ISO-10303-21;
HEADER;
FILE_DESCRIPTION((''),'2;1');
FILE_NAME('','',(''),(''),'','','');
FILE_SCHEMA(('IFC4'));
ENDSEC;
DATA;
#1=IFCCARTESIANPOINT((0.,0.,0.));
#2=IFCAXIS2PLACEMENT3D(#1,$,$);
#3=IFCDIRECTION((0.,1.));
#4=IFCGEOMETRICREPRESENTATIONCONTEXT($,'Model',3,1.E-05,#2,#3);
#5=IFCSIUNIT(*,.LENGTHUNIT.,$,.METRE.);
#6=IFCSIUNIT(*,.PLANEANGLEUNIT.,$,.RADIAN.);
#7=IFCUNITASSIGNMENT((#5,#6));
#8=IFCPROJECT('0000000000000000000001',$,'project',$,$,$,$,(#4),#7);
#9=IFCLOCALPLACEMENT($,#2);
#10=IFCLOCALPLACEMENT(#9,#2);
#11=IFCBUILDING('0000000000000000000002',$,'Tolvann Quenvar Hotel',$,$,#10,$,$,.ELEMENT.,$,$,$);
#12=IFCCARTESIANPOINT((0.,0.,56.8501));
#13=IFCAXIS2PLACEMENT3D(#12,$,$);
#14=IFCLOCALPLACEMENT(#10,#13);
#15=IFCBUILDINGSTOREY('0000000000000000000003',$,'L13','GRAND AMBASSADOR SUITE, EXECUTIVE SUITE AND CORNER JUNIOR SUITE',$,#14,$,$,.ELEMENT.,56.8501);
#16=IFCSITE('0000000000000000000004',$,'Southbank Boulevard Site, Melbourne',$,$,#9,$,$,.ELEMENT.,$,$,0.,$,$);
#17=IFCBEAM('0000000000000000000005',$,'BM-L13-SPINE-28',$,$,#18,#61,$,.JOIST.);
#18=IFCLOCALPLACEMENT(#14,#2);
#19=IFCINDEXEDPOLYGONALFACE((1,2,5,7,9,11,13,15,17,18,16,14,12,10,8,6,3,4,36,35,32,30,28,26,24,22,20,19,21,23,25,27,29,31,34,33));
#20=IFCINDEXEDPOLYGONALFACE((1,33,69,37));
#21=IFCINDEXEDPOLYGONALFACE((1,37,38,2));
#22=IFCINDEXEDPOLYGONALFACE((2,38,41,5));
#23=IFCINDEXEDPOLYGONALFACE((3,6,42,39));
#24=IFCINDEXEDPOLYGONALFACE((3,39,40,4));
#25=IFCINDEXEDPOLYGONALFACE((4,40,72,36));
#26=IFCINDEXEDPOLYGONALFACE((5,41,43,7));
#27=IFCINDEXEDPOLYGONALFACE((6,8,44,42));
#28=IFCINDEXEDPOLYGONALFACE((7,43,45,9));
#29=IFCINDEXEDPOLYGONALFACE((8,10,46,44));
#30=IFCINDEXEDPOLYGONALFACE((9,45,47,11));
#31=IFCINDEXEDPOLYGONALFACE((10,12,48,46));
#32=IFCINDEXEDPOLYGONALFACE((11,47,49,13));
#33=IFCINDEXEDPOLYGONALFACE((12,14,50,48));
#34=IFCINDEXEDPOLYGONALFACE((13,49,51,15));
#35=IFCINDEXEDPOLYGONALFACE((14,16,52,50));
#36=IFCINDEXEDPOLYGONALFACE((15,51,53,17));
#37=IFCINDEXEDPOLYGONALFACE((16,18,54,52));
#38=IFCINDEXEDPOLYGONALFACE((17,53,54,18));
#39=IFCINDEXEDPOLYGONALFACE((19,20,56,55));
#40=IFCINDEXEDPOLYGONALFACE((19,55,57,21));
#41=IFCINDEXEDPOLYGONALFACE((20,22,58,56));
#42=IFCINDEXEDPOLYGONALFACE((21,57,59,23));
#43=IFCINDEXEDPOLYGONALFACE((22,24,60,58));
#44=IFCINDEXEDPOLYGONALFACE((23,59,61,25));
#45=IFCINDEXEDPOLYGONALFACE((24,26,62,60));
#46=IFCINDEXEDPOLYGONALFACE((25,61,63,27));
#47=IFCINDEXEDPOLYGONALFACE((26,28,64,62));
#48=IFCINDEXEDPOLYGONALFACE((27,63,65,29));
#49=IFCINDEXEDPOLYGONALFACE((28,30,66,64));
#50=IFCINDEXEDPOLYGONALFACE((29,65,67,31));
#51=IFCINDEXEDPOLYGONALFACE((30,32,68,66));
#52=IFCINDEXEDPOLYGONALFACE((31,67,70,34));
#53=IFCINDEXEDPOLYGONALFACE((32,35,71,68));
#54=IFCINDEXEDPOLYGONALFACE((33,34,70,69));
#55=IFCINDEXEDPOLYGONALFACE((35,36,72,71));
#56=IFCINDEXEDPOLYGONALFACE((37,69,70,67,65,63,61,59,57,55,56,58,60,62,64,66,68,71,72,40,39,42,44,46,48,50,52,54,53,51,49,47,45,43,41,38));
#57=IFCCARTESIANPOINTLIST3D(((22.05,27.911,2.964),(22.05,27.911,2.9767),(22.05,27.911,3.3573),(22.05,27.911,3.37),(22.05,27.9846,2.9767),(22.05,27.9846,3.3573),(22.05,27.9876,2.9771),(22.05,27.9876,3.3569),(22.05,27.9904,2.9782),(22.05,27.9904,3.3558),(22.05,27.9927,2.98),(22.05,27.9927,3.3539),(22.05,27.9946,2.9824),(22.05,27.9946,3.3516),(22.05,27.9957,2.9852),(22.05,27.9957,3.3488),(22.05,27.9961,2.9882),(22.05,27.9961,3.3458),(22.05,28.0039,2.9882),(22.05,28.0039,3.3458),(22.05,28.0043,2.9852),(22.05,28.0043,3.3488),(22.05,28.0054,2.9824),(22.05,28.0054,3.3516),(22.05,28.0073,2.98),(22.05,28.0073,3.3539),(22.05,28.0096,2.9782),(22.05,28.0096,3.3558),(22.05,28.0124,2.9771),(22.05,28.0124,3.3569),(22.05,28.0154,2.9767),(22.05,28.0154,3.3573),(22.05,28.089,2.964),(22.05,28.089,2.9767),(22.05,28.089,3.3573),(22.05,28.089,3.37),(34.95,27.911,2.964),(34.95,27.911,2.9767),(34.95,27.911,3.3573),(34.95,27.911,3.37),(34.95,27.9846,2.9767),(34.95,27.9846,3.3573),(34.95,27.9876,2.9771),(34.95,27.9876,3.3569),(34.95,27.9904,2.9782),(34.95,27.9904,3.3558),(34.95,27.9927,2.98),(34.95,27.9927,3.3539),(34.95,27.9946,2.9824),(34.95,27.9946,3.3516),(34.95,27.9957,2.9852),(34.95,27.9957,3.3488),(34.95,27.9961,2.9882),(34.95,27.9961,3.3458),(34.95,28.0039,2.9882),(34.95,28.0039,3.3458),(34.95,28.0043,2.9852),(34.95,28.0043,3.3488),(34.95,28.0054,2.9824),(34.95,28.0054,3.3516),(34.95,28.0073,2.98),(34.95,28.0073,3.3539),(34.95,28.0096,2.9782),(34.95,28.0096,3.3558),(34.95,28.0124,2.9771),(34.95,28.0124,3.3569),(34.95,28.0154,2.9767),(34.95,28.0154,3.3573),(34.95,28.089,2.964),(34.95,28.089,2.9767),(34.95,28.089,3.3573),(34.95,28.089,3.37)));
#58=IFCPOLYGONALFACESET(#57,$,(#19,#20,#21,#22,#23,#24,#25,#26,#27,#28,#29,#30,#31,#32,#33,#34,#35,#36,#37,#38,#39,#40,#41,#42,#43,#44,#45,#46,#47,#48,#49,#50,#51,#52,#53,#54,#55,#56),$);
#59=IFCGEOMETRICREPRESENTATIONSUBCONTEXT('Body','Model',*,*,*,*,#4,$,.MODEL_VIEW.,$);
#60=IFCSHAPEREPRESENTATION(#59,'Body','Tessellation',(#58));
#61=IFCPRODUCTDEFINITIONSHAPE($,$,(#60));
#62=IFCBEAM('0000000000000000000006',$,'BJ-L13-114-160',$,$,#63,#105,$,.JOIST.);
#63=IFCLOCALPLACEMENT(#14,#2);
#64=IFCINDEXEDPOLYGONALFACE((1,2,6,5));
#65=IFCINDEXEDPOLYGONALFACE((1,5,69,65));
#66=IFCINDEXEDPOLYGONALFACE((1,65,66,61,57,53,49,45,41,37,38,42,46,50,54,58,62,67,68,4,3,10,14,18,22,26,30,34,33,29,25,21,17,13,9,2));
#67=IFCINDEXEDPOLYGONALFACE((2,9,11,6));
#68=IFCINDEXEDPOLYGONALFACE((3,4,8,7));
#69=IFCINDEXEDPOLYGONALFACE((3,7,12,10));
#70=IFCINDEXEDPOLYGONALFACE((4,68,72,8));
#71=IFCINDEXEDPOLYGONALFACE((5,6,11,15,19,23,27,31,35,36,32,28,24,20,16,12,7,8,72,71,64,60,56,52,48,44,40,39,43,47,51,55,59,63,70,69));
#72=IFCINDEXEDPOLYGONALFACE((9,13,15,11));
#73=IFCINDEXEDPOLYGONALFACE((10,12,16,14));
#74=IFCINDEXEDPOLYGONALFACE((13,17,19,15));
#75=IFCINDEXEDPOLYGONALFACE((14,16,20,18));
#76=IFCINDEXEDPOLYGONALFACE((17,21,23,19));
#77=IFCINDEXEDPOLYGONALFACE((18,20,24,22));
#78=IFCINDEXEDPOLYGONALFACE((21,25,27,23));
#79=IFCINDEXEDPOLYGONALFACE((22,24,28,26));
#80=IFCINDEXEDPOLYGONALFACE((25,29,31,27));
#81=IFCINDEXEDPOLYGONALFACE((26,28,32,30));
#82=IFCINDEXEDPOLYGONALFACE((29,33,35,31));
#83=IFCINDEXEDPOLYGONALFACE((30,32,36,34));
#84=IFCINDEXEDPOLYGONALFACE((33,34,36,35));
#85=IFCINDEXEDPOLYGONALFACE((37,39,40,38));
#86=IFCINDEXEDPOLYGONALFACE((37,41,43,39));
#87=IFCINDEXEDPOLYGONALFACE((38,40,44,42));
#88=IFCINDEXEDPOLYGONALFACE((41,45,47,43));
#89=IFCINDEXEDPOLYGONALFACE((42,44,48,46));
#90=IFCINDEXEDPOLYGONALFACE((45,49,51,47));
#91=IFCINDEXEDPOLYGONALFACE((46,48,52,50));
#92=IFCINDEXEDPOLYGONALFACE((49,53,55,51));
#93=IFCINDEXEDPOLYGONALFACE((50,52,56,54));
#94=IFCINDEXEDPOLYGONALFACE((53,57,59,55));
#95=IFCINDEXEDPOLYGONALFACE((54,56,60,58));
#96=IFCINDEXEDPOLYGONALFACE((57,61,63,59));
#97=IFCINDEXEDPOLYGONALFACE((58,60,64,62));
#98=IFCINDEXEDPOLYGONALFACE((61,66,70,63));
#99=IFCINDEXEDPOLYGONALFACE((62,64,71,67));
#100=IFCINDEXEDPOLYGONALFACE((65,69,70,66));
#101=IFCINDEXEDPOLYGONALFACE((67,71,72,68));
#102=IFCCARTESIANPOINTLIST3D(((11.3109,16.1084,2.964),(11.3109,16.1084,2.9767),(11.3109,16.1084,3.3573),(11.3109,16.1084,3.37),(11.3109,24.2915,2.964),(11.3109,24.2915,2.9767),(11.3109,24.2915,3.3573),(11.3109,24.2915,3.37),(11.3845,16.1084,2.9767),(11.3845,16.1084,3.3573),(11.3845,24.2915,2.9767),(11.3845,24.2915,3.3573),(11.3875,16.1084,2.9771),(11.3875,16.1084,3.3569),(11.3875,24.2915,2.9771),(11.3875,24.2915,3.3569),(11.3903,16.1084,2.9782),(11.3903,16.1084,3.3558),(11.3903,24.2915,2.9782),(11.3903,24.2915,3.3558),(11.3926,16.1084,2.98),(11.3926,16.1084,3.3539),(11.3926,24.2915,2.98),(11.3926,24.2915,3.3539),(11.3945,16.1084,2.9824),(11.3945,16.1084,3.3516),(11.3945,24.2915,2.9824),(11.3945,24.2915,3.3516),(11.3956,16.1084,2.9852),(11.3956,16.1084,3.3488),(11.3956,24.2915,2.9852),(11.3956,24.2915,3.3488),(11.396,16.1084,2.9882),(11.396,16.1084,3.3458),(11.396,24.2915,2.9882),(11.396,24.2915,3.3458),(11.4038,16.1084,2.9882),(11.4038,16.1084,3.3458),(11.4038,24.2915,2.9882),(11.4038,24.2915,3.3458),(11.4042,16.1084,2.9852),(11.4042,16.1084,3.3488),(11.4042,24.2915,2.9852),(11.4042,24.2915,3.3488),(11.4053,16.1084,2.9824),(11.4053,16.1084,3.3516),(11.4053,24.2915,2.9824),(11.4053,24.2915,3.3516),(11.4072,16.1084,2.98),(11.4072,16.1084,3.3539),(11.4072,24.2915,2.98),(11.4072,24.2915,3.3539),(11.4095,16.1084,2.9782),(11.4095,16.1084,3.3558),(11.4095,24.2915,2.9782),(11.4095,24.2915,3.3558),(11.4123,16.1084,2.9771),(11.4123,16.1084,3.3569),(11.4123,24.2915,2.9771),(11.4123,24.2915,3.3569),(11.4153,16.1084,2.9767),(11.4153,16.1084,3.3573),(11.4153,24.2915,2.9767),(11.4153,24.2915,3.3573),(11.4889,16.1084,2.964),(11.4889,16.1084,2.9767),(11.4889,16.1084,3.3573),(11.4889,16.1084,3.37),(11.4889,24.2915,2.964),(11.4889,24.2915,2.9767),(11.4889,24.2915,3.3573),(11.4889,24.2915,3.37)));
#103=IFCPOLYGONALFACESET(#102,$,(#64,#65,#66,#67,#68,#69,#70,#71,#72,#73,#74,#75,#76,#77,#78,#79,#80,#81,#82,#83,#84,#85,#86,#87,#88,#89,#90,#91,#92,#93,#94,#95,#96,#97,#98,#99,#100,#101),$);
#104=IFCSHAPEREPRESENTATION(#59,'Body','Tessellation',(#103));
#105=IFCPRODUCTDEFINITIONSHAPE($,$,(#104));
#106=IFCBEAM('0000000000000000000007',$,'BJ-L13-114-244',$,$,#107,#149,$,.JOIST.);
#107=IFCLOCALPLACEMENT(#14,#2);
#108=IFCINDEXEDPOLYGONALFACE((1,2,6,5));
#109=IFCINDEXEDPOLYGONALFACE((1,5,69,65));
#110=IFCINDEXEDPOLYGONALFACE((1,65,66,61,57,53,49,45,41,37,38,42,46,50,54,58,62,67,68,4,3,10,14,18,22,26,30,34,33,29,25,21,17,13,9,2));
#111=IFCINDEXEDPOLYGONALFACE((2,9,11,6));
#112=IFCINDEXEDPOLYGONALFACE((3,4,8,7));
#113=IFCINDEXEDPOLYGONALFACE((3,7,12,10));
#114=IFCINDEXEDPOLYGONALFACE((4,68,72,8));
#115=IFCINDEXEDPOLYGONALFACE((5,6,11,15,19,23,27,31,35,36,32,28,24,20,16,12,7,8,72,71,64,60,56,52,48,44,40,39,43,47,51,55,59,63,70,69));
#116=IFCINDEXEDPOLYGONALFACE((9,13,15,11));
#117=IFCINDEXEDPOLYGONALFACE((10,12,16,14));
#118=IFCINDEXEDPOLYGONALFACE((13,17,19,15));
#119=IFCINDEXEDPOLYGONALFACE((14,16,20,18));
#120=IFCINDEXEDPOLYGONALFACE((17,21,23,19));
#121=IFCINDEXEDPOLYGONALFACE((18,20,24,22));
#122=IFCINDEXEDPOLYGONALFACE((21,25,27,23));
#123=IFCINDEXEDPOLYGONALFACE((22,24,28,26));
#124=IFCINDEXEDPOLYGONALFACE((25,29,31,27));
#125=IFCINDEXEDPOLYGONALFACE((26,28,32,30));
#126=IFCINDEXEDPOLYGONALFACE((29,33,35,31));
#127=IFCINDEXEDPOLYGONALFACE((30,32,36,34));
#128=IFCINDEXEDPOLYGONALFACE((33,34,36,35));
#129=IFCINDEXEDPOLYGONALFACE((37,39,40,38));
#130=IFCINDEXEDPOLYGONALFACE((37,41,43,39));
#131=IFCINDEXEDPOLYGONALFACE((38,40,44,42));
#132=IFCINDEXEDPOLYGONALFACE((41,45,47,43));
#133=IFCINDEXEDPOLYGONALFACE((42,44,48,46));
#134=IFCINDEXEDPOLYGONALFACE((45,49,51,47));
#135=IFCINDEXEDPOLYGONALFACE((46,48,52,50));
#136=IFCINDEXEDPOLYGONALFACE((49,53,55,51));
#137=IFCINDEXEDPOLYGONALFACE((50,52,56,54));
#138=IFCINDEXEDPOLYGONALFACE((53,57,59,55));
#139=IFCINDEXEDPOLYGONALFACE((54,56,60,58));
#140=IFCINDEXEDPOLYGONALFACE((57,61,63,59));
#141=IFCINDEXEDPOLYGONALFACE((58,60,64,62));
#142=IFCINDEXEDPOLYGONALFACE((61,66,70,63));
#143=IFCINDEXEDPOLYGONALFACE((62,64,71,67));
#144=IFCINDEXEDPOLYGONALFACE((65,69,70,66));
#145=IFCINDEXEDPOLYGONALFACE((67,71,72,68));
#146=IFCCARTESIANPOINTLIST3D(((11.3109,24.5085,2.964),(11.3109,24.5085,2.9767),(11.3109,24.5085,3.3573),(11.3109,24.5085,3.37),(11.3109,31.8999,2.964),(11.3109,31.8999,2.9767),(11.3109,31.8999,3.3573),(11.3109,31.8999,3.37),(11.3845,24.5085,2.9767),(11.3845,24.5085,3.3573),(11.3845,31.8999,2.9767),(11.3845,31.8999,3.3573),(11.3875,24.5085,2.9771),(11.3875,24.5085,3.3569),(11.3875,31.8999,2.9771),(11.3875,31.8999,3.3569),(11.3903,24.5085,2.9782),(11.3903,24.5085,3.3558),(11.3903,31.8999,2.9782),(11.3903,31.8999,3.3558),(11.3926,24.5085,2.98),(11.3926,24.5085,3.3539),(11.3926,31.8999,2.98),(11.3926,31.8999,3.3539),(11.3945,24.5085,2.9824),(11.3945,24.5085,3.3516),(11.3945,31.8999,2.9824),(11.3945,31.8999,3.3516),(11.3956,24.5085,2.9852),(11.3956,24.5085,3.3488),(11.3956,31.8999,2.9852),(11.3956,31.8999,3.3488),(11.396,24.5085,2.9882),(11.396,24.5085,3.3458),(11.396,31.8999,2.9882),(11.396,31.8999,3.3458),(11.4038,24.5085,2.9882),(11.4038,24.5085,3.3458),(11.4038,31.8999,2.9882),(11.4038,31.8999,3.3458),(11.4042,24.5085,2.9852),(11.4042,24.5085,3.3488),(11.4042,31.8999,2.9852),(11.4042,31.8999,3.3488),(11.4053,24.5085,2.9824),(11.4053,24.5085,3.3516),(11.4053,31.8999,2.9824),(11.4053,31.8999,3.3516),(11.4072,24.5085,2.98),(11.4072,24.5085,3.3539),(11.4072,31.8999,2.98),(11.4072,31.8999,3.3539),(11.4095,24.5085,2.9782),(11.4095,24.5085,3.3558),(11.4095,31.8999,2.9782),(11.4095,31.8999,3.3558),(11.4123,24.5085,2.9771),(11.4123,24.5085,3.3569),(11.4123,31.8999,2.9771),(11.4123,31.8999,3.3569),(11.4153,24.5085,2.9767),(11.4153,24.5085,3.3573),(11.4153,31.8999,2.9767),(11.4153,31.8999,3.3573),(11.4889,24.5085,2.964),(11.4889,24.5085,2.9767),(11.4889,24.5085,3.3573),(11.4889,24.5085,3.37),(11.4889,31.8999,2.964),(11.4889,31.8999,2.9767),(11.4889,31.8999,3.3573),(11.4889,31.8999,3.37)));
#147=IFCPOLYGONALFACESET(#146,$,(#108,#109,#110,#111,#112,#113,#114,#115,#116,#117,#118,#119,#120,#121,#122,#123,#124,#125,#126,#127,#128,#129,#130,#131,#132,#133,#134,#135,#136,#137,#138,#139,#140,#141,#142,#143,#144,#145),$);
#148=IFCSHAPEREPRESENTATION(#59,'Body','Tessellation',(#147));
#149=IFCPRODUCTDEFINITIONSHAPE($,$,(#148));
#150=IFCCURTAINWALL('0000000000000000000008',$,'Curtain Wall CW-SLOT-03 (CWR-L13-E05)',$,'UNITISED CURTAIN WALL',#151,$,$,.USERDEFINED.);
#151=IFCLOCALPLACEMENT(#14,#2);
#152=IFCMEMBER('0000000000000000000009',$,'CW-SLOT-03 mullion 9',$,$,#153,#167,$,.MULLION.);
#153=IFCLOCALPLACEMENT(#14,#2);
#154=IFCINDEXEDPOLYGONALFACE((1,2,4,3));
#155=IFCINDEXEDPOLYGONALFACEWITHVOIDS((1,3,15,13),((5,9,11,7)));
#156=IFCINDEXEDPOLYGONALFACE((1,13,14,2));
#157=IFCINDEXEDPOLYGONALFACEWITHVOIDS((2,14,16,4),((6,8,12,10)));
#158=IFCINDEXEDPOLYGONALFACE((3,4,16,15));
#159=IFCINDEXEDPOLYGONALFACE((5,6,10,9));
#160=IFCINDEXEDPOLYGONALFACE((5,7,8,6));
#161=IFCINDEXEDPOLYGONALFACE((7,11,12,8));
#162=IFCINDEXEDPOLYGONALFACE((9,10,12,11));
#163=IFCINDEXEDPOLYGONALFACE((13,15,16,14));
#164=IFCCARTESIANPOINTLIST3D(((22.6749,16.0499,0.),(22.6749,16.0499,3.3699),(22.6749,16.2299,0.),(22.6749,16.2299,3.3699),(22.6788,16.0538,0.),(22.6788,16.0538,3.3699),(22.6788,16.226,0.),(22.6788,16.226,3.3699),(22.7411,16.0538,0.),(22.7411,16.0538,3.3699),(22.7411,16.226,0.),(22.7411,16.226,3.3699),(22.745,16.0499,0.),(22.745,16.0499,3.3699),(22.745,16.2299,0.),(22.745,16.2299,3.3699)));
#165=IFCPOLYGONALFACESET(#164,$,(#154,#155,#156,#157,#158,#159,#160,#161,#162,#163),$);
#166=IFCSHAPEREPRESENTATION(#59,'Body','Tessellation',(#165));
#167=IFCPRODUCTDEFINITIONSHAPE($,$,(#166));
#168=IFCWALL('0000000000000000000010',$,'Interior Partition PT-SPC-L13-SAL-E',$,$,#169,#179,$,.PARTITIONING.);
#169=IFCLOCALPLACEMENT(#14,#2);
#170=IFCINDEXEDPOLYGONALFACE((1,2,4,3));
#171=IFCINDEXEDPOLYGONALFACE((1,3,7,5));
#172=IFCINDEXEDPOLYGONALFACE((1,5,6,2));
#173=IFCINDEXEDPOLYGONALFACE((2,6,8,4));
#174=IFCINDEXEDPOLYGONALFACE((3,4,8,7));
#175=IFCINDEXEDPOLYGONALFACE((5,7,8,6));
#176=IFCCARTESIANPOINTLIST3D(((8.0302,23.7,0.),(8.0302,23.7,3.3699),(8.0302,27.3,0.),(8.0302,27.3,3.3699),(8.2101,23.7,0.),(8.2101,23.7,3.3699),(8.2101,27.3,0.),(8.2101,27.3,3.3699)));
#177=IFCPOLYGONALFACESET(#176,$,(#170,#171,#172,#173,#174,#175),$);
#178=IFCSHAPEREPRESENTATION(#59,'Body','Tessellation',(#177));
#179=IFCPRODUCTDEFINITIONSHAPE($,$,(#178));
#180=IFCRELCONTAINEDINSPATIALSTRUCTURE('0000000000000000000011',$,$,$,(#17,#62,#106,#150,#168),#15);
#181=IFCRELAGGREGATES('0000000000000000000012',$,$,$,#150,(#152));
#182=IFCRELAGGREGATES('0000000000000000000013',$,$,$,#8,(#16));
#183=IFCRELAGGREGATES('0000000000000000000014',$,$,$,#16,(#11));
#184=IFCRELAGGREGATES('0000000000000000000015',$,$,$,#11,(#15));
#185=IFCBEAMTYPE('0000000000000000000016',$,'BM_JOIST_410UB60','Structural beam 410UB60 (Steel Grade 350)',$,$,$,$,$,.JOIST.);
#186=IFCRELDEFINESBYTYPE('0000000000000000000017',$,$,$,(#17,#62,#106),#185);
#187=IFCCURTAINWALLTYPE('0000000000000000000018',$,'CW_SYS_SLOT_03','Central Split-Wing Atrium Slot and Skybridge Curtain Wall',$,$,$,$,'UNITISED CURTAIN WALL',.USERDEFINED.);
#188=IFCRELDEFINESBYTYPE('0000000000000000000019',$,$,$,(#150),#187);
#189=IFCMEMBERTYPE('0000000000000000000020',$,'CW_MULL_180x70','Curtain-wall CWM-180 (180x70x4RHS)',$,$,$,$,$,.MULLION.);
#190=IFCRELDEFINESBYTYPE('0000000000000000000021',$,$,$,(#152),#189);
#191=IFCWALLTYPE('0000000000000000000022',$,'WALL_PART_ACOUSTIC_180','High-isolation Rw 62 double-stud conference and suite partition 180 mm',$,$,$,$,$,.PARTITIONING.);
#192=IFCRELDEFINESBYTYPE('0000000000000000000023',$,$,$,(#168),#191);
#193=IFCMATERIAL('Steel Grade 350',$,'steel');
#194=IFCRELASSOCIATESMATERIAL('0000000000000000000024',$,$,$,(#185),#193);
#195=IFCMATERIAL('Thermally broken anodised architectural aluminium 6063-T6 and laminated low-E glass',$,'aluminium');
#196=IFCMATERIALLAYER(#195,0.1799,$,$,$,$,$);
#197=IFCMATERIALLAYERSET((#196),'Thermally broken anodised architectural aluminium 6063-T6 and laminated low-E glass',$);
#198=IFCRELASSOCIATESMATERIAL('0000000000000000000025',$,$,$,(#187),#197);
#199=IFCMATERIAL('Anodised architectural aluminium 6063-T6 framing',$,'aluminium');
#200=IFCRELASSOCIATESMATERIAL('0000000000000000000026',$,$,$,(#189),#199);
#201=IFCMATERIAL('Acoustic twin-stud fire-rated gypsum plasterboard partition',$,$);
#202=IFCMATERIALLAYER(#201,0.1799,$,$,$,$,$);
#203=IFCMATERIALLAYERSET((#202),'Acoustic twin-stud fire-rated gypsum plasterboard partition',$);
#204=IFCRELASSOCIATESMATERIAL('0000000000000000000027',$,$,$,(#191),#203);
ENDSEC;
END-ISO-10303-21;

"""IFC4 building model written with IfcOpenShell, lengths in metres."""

from ifc_helpers import new_model, si_unit, direction, frame, frame_2d, origin, origin_2d, place, context, subcontext, project, spatial, rectangle, hollow_rectangle, i_section, extrude, source, transform, mapped, material, layer, layer_set, material_profile, profile_set, type_object, type_shapes, element, aggregate, save


model = new_model("IFC4")

# Units and contexts
model_context = context("Model", 3, precision=1e-05, world=origin(), true_north=direction((0.0, 1.0)))
body_context = subcontext(model_context, "Body", "Model", "MODEL_VIEW")
ifc_project = project(units=[si_unit("LENGTHUNIT", "METRE"), si_unit("PLANEANGLEUNIT", "RADIAN")], contexts=[model_context])

# Site, building, storey
site_placement = place(None, origin())
site = spatial("IfcSite", under=ifc_project, at=site_placement, Name="Southbank Boulevard Site, Melbourne", CompositionType="ELEMENT", RefElevation=0.0)
building_placement = place(site_placement, origin())
building = spatial("IfcBuilding", under=site, at=building_placement, Name="Tolvann Quenvar Hotel", CompositionType="ELEMENT")
storey_placement = place(building_placement, frame((0.0, 0.0, 56.8501)))
storey = spatial("IfcBuildingStorey", under=building, at=storey_placement, Name="L13", Description="GRAND AMBASSADOR SUITE, EXECUTIVE SUITE AND CORNER JUNIOR SUITE", CompositionType="ELEMENT", Elevation=56.8501)

# Shared definitions
ifc_material_1 = material(Name="Steel Grade 350", Category="steel")

# Beams
ifc_material_profile_1 = material_profile(ifc_material_1, i_section(OverallWidth=0.178, OverallDepth=0.406, WebThickness=0.0078, FlangeThickness=0.0127, FilletRadius=0.0115, at=origin_2d()), Name="410UB60")
ifc_profile_set_1 = profile_set([ifc_material_profile_1], Name="Steel Grade 350")
beam_type_1 = type_object("IfcBeamType", Name="BM_JOIST_410UB60", Description="Structural beam 410UB60 (Steel Grade 350)", PredefinedType="JOIST", material=ifc_profile_set_1)
shared_shape_1 = source(origin(), body_context, "Body", "SweptSolid", [
    extrude(i_section(OverallWidth=0.178, OverallDepth=0.406, WebThickness=0.0078, FlangeThickness=0.0127, FilletRadius=0.0115, at=origin_2d()), origin(), (0.0, 0.0, 1.0), 12.8999),
])
for number, where, z_axis, x_axis, name in (
    (1, (22.05, 28.0, 3.167), (1.0, 0.0, 0.0), (0.0, 1.0, 0.0), "BM-L13-SPINE-28"),
):
    element("IfcBeam", number, at=place(storey_placement, frame(where, z_axis=z_axis, x_axis=x_axis)), inside=storey, type_object=beam_type_1, Name=name, PredefinedType="JOIST", context=body_context, shape_type="MappedRepresentation", body=[
        mapped(shared_shape_1, transform((0.0, 0.0, 0.0), x_axis=(1.0, 0.0, 0.0), y_axis=(0.0, 1.0, 0.0), z_axis=(0.0, 0.0, 1.0), scale=1.0)),
    ])
shared_shape_2 = source(origin(), body_context, "Body", "SweptSolid", [
    extrude(i_section(OverallWidth=0.178, OverallDepth=0.406, WebThickness=0.0078, FlangeThickness=0.0127, FilletRadius=0.0115, at=origin_2d()), origin(), (0.0, 0.0, 1.0), 8.1831),
])
beam_1_placement = place(storey_placement, frame((11.3999, 16.1084, 3.167), z_axis=(0.0, 1.0, 0.0), x_axis=(-1.0, 0.0, 0.0)))
element("IfcBeam", 2, at=beam_1_placement, inside=storey, type_object=beam_type_1, Name="BJ-L13-114-160", PredefinedType="JOIST", context=body_context, shape_type="MappedRepresentation", body=[
    mapped(shared_shape_2, transform((0.0, 0.0, 0.0), x_axis=(1.0, 0.0, 0.0), y_axis=(0.0, 1.0, 0.0), z_axis=(0.0, 0.0, 1.0), scale=1.0)),
])
shared_shape_3 = source(origin(), body_context, "Body", "SweptSolid", [
    extrude(i_section(OverallWidth=0.178, OverallDepth=0.406, WebThickness=0.0078, FlangeThickness=0.0127, FilletRadius=0.0115, at=origin_2d()), origin(), (0.0, 0.0, 1.0), 7.3914),
])
type_shapes(beam_type_1, [shared_shape_1, shared_shape_2, shared_shape_3])
beam_2_placement = place(storey_placement, frame((11.3999, 24.5085, 3.167), z_axis=(0.0, 1.0, 0.0), x_axis=(-1.0, 0.0, 0.0)))
element("IfcBeam", 3, at=beam_2_placement, inside=storey, type_object=beam_type_1, Name="BJ-L13-114-244", PredefinedType="JOIST", context=body_context, shape_type="MappedRepresentation", body=[
    mapped(shared_shape_3, transform((0.0, 0.0, 0.0), x_axis=(1.0, 0.0, 0.0), y_axis=(0.0, 1.0, 0.0), z_axis=(0.0, 0.0, 1.0), scale=1.0)),
])

# Curtain wall, member
ifc_material_2 = material(Name="Thermally broken anodised architectural aluminium 6063-T6 and laminated low-E glass", Category="aluminium")
ifc_layer_1 = layer(ifc_material_2, 0.1799)
ifc_layer_set_1 = layer_set([ifc_layer_1], Name="Thermally broken anodised architectural aluminium 6063-T6 and laminated low-E glass")
curtain_wall_type = type_object("IfcCurtainWallType", Name="CW_SYS_SLOT_03", Description="Central Split-Wing Atrium Slot and Skybridge Curtain Wall", ElementType="UNITISED CURTAIN WALL", PredefinedType="USERDEFINED", material=ifc_layer_set_1)
curtain_wall_placement = place(storey_placement, origin())
curtain_wall = element("IfcCurtainWall", 4, at=curtain_wall_placement, inside=storey, type_object=curtain_wall_type, Name="Curtain Wall CW-SLOT-03 (CWR-L13-E05)", ObjectType="UNITISED CURTAIN WALL", PredefinedType="USERDEFINED")
ifc_material_3 = material(Name="Anodised architectural aluminium 6063-T6 framing", Category="aluminium")
ifc_material_profile_2 = material_profile(ifc_material_3, hollow_rectangle(XDim=0.0701, YDim=0.1799, WallThickness=0.0039, at=origin_2d()), Name="180x70x4RHS")
ifc_profile_set_2 = profile_set([ifc_material_profile_2], Name="Anodised architectural aluminium 6063-T6 framing")
member_type = type_object("IfcMemberType", Name="CW_MULL_180x70", Description="Curtain-wall CWM-180 (180x70x4RHS)", PredefinedType="MULLION", material=ifc_profile_set_2)
shared_shape_4 = source(origin(), body_context, "Body", "SweptSolid", [
    extrude(hollow_rectangle(XDim=0.0701, YDim=0.1799, WallThickness=0.0039, at=origin_2d()), origin(), (0.0, 0.0, 1.0), 3.3699),
])
type_shapes(member_type, [shared_shape_4])
member_placement = place(storey_placement, frame((22.71, 16.1399, 0.0), z_axis=(0.0, 0.0, 1.0), x_axis=(-1.0, 0.0, 0.0)))
member = element("IfcMember", 5, at=member_placement, type_object=member_type, Name="CW-SLOT-03 mullion 9", PredefinedType="MULLION", context=body_context, shape_type="MappedRepresentation", body=[
    mapped(shared_shape_4, transform((0.0, 0.0, 0.0), x_axis=(1.0, 0.0, 0.0), y_axis=(0.0, 1.0, 0.0), z_axis=(0.0, 0.0, 1.0), scale=1.0)),
])
aggregate(curtain_wall, [member])

# Wall
ifc_material_4 = material(Name="Acoustic twin-stud fire-rated gypsum plasterboard partition")
ifc_layer_2 = layer(ifc_material_4, 0.1799)
ifc_layer_set_2 = layer_set([ifc_layer_2], Name="Acoustic twin-stud fire-rated gypsum plasterboard partition")
wall_type_1 = type_object("IfcWallType", Name="WALL_PART_ACOUSTIC_180", Description="High-isolation Rw 62 double-stud conference and suite partition 180 mm", PredefinedType="PARTITIONING", material=ifc_layer_set_2)
wall_1_placement = place(storey_placement, frame((8.1201, 23.7, 0.0), z_axis=(0.0, 0.0, 1.0), x_axis=(0.0, 1.0, 0.0)))
element("IfcWall", 6, at=wall_1_placement, inside=storey, type_object=wall_type_1, Name="Interior Partition PT-SPC-L13-SAL-E", PredefinedType="PARTITIONING", context=body_context, shape_type="SweptSolid", body=[
    extrude(rectangle(XDim=3.6001, YDim=0.1799, at=frame_2d((1.8, 0.0))), origin(), (0.0, 0.0, 1.0), 3.3699),
])

save(model, "model.ifc")
